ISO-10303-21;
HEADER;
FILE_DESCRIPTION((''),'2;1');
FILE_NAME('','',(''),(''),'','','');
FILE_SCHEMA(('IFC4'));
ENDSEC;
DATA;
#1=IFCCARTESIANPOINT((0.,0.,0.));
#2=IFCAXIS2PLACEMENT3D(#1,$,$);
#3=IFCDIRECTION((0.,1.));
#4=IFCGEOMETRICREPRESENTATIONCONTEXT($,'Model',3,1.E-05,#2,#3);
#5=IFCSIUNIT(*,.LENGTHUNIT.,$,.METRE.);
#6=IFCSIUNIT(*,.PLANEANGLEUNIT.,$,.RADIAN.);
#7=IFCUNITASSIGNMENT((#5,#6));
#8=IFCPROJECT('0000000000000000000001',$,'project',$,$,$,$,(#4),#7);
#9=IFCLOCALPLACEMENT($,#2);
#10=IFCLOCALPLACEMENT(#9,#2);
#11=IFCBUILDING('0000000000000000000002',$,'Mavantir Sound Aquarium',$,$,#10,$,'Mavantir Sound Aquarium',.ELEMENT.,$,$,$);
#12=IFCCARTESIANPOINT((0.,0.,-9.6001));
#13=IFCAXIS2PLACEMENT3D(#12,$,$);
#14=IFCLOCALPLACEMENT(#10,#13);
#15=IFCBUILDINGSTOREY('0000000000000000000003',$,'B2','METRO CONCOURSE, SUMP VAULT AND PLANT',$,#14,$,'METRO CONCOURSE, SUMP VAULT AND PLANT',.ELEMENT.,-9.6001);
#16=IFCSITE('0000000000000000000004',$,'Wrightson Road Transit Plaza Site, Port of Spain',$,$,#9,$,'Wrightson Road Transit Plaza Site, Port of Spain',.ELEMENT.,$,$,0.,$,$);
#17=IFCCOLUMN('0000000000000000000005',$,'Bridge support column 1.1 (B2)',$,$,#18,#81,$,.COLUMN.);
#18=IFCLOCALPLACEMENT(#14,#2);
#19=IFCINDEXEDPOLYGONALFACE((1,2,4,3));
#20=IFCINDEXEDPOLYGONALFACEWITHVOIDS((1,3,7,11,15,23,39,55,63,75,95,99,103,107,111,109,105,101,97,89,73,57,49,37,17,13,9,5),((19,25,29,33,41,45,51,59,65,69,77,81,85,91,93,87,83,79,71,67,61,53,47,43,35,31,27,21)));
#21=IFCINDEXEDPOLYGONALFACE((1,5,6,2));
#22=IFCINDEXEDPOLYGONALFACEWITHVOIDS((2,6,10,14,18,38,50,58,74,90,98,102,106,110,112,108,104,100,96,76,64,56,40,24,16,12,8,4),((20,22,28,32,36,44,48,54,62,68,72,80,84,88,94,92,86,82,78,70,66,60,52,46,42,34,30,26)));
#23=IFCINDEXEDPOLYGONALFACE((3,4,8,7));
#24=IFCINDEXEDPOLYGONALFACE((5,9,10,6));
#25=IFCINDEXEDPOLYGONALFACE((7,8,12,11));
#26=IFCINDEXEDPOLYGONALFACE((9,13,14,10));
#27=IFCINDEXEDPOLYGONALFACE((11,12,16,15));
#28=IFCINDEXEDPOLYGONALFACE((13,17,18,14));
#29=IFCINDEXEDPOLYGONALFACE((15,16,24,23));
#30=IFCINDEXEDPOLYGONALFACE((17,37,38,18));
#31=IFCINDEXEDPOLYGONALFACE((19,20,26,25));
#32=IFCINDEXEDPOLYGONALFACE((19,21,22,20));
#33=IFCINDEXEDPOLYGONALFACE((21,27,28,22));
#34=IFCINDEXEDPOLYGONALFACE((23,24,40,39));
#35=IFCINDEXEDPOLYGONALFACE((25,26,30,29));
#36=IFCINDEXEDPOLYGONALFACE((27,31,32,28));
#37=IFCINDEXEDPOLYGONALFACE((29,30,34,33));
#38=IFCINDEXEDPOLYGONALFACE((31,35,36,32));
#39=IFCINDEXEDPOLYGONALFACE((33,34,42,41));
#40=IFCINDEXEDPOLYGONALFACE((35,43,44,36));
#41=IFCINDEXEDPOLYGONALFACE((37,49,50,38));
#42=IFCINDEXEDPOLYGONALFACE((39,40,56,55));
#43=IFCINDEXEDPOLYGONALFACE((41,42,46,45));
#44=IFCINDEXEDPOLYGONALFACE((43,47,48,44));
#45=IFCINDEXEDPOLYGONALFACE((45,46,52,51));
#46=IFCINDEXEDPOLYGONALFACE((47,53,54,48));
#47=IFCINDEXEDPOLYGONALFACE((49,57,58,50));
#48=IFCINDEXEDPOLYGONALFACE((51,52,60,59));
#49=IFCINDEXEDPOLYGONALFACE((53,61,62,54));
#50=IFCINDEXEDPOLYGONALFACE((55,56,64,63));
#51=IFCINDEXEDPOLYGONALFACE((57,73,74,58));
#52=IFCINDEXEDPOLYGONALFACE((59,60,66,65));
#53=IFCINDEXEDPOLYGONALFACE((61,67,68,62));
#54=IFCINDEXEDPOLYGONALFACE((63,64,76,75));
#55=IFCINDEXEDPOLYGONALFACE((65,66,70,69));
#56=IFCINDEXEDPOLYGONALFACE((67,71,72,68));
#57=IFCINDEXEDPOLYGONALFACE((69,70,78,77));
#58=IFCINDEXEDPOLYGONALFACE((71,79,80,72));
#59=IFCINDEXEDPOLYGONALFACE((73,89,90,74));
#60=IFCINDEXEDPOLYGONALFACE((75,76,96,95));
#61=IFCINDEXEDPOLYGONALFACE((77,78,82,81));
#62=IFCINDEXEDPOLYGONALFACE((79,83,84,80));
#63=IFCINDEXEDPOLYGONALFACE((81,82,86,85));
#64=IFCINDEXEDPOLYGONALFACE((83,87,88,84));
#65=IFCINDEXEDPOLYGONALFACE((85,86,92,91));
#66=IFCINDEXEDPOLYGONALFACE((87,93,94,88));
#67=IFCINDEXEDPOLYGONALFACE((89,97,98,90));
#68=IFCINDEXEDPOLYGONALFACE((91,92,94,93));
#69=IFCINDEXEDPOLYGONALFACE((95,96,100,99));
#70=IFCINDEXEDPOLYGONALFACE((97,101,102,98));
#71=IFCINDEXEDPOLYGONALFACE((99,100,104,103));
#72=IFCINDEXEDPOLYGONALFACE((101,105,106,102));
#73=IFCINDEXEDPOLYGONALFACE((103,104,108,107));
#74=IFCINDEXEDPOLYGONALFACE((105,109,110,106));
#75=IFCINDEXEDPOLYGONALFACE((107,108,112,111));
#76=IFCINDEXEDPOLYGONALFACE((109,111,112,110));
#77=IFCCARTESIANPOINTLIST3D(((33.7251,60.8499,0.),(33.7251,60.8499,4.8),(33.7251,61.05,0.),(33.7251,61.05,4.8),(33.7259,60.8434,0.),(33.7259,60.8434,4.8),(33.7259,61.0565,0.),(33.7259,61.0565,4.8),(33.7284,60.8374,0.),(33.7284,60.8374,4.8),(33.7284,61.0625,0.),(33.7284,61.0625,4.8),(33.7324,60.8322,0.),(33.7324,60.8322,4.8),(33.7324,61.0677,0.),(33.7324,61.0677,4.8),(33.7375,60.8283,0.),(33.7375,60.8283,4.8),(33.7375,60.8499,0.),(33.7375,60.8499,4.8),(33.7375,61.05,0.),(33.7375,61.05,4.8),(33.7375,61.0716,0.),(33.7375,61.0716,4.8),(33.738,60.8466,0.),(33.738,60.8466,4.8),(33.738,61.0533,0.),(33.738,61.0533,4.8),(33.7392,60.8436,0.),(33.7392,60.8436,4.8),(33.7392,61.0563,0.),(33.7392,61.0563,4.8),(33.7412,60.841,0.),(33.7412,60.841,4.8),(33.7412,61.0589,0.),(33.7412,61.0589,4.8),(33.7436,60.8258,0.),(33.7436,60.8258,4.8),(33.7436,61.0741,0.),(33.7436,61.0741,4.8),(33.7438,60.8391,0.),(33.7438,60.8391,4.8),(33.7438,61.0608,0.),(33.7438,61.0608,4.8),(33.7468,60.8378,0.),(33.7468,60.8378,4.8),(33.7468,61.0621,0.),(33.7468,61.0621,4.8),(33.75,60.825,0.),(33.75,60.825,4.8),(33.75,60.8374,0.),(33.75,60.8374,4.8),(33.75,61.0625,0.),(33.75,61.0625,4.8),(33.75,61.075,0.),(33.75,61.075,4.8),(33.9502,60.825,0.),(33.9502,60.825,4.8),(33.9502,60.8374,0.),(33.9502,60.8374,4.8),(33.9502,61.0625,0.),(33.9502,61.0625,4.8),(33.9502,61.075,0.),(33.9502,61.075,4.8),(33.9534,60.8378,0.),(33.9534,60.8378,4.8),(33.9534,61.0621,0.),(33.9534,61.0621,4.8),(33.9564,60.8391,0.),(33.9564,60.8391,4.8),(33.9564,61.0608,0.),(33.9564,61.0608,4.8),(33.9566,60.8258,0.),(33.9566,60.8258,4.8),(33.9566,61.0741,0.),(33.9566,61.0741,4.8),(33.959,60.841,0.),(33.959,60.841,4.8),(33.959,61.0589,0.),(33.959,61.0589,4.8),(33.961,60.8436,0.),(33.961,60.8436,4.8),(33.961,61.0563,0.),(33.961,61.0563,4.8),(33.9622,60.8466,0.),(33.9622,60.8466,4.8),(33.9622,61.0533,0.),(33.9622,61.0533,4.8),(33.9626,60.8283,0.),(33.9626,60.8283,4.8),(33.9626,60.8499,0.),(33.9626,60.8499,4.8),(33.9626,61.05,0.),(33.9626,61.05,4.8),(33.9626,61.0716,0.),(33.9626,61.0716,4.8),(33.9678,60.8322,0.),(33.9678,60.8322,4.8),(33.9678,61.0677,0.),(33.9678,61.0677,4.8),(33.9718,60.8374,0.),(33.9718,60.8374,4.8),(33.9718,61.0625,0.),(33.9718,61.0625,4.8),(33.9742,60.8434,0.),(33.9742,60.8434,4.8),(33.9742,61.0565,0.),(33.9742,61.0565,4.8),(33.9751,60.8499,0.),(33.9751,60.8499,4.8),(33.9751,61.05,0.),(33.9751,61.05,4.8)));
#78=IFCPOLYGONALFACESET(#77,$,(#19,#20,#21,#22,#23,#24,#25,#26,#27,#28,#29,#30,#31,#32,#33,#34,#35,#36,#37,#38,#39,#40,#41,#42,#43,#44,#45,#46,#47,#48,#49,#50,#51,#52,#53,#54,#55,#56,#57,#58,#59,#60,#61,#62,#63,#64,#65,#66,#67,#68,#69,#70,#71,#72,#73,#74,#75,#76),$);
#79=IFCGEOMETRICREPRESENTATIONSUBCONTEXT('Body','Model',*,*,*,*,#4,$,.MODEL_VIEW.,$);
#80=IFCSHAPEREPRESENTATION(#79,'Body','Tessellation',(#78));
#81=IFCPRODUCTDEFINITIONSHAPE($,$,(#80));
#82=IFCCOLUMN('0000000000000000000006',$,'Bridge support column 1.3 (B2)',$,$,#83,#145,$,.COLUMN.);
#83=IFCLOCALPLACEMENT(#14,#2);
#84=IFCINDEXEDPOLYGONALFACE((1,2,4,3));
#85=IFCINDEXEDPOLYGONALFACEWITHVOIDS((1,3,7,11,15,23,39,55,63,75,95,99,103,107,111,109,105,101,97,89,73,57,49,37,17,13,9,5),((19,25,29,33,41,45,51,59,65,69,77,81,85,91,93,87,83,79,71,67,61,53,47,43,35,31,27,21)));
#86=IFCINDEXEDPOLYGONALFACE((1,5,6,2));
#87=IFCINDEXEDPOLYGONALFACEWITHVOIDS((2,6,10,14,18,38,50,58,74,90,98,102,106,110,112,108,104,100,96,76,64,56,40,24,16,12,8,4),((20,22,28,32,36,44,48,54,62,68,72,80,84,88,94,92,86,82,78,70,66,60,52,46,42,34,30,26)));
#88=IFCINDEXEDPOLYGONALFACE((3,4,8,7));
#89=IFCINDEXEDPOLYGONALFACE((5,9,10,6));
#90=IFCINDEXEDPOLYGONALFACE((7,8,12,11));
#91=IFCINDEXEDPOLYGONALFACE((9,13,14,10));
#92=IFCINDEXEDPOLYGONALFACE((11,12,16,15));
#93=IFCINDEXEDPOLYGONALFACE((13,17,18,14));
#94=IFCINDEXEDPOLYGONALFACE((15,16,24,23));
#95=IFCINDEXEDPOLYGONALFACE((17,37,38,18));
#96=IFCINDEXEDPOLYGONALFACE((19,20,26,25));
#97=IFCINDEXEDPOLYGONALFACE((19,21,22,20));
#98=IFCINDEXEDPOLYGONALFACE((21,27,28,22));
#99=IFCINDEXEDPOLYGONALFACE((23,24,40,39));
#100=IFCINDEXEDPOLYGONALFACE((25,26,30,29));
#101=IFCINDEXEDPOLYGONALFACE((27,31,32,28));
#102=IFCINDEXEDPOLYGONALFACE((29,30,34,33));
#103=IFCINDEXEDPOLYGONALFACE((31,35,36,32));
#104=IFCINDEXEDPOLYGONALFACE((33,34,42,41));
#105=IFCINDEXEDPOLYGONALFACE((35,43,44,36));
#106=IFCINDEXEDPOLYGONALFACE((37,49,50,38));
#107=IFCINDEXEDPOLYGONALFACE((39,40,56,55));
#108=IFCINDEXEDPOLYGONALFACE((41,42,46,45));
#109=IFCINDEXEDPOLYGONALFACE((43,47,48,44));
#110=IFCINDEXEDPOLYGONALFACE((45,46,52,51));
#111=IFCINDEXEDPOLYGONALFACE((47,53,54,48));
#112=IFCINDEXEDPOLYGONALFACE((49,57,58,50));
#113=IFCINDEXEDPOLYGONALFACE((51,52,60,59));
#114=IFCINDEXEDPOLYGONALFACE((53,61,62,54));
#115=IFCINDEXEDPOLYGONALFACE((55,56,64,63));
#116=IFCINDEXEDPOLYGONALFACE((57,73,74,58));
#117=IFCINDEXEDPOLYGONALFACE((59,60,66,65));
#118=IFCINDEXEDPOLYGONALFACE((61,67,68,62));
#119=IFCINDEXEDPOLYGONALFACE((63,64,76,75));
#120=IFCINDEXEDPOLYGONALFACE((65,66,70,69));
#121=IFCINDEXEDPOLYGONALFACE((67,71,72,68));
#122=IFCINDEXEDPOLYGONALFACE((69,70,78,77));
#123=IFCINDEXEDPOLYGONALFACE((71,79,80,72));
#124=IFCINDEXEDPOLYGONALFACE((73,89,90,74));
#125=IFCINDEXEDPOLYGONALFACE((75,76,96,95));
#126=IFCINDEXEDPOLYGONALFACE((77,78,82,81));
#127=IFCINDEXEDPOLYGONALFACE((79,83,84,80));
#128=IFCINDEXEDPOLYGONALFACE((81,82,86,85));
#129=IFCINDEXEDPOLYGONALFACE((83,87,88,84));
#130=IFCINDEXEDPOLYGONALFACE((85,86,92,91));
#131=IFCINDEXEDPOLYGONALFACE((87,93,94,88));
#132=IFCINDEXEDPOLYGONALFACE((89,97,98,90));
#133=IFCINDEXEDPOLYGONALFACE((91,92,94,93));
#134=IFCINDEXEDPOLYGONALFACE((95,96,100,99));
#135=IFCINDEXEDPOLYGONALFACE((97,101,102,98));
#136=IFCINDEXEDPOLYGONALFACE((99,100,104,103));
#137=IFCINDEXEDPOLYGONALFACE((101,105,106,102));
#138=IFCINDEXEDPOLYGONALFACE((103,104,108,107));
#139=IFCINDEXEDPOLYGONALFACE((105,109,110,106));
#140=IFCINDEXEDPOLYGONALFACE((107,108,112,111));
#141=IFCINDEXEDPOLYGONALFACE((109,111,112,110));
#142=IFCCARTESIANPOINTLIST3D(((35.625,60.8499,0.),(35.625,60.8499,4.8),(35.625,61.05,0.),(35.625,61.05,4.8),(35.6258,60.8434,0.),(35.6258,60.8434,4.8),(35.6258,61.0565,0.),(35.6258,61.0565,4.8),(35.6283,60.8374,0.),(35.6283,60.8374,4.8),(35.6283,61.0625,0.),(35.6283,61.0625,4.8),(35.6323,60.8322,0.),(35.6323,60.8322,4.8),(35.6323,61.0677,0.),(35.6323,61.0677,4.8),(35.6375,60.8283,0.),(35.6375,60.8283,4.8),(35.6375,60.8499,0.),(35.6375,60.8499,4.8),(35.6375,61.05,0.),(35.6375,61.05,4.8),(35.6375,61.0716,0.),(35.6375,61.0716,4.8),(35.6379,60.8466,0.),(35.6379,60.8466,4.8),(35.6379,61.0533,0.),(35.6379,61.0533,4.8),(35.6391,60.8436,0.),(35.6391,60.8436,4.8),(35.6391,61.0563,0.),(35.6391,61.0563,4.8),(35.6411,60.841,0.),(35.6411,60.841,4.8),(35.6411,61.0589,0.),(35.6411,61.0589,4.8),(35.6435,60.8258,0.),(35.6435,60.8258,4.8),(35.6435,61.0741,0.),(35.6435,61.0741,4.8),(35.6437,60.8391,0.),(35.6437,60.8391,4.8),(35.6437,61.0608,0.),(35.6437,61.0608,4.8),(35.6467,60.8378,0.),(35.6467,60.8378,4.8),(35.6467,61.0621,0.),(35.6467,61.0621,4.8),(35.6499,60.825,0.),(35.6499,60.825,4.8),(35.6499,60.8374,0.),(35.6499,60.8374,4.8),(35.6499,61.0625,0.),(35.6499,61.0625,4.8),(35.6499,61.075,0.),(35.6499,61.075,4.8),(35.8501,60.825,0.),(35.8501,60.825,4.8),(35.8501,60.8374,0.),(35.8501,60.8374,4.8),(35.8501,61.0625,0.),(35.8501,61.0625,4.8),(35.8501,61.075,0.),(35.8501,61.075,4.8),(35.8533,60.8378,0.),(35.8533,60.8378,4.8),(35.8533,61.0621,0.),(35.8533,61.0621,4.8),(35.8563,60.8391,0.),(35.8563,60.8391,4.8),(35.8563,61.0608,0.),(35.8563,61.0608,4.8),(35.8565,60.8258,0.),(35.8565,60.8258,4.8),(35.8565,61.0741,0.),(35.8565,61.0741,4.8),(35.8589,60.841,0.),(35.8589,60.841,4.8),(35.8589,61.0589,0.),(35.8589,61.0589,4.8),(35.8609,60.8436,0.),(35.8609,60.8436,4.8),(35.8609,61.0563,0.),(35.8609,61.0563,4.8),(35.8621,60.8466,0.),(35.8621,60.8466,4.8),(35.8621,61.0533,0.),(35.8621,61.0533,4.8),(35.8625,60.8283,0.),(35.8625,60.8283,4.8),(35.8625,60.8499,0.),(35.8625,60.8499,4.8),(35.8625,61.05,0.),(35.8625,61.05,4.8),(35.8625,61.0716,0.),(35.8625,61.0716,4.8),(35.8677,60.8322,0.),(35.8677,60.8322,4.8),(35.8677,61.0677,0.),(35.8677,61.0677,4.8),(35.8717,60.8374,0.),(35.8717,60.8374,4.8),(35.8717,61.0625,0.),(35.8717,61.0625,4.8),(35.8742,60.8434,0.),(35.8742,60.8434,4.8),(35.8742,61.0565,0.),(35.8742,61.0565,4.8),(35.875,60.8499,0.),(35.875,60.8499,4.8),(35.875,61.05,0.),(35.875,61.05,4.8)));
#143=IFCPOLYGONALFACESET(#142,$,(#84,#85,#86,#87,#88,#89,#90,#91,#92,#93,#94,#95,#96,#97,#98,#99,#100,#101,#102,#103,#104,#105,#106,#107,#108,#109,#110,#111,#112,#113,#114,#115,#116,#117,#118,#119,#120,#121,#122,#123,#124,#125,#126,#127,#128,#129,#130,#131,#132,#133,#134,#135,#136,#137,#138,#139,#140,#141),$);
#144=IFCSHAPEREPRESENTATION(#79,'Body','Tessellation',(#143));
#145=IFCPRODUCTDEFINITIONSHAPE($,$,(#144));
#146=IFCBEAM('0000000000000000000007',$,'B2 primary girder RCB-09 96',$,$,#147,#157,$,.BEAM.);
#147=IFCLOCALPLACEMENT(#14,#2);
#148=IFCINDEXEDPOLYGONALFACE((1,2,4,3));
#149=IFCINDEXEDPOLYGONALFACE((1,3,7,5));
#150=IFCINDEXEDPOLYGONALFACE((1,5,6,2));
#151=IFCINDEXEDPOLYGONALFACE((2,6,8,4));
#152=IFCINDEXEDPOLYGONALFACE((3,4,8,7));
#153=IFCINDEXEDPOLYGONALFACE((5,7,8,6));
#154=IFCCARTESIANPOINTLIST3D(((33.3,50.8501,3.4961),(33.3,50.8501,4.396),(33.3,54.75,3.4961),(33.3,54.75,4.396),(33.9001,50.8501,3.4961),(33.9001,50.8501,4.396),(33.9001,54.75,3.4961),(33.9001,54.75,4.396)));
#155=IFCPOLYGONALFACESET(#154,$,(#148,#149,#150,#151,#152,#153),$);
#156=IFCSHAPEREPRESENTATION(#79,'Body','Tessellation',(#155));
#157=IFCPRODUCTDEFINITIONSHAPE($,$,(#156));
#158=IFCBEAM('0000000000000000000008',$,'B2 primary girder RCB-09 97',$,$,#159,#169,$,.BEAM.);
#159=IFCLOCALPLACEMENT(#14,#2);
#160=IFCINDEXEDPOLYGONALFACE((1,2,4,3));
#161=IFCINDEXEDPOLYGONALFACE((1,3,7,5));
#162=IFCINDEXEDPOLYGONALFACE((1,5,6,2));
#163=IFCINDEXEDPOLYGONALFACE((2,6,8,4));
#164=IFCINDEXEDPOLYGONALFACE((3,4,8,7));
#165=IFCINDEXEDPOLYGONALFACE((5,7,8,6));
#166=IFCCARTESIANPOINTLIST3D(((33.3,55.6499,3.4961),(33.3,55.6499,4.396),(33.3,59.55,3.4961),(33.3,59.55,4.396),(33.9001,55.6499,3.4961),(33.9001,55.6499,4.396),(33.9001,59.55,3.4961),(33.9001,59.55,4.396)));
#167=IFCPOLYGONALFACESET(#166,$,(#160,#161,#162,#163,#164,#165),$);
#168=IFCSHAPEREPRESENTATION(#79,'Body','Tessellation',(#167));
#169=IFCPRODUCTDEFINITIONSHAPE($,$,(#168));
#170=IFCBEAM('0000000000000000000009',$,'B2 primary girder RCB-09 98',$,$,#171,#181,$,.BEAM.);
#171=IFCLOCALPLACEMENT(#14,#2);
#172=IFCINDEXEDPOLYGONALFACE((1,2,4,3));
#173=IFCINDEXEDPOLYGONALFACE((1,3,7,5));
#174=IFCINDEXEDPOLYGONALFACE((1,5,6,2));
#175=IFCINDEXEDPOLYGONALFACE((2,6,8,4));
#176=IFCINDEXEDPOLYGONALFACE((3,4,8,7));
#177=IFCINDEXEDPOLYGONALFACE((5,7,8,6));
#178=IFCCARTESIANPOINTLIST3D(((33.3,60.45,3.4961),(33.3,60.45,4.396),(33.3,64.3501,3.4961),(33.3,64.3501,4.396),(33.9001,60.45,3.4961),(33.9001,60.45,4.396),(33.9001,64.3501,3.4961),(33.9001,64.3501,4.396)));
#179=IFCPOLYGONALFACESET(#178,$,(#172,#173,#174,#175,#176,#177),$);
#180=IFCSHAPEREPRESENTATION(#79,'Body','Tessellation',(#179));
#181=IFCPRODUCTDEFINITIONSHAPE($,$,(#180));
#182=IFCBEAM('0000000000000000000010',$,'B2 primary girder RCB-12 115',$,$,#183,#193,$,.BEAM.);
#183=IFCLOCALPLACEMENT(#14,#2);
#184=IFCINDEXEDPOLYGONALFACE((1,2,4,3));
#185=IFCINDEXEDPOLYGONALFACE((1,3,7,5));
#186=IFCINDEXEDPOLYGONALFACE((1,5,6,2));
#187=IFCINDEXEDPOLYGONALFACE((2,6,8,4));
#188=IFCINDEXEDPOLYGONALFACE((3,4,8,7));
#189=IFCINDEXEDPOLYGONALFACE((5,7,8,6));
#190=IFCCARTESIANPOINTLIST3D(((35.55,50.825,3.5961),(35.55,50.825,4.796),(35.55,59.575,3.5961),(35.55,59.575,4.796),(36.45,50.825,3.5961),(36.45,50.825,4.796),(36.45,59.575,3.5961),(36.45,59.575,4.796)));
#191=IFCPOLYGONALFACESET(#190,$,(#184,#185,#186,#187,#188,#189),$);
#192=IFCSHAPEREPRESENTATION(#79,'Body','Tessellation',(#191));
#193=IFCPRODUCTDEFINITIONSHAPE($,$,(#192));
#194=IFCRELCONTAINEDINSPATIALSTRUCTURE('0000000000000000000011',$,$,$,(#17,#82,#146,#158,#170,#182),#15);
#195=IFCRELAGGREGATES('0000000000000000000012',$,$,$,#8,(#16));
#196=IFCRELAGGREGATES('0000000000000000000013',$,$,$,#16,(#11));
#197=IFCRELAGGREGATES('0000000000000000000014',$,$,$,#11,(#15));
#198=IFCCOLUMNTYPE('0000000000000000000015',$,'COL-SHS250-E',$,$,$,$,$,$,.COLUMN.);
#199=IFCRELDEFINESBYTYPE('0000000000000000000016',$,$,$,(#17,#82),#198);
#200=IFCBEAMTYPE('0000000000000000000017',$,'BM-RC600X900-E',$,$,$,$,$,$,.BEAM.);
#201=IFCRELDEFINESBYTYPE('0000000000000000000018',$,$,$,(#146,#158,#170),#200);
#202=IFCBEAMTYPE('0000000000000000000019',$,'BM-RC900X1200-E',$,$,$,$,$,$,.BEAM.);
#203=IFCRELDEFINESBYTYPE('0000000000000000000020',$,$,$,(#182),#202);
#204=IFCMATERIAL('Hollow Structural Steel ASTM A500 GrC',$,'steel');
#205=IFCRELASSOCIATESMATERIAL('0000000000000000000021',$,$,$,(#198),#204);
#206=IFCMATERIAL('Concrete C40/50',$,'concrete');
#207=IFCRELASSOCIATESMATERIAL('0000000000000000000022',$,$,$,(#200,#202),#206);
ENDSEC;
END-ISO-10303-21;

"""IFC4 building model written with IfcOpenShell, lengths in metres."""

from ifc_helpers import new_model, si_unit, direction, frame, origin, origin_2d, place, context, subcontext, project, spatial, rectangle, hollow_rectangle, extrude, material, material_profile, profile_set, type_object, element, save


model = new_model("IFC4")

# Units and contexts
model_context = context("Model", 3, precision=1e-05, world=origin(), true_north=direction((0.0, 1.0)))
body_context = subcontext(model_context, "Body", "Model", "MODEL_VIEW")
ifc_project = project(units=[si_unit("LENGTHUNIT", "METRE"), si_unit("PLANEANGLEUNIT", "RADIAN")], contexts=[model_context])

# Site, building, storey
site_placement = place(None, origin())
site = spatial("IfcSite", under=ifc_project, at=site_placement, Name="Wrightson Road Transit Plaza Site, Port of Spain", LongName="Wrightson Road Transit Plaza Site, Port of Spain", CompositionType="ELEMENT", RefElevation=0.0)
building_placement = place(site_placement, origin())
building = spatial("IfcBuilding", under=site, at=building_placement, Name="Mavantir Sound Aquarium", LongName="Mavantir Sound Aquarium", CompositionType="ELEMENT")
storey_placement = place(building_placement, frame((0.0, 0.0, -9.6001)))
storey = spatial("IfcBuildingStorey", under=building, at=storey_placement, Name="B2", Description="METRO CONCOURSE, SUMP VAULT AND PLANT", LongName="METRO CONCOURSE, SUMP VAULT AND PLANT", CompositionType="ELEMENT", Elevation=-9.6001)

# Shared definitions
ifc_material_1 = material(Name="Concrete C40/50", Category="concrete")

# Columns
ifc_material_2 = material(Name="Hollow Structural Steel ASTM A500 GrC", Category="steel")
ifc_material_profile_1 = material_profile(ifc_material_2, hollow_rectangle(XDim=0.25, YDim=0.25, WallThickness=0.0125, InnerFilletRadius=0.0125, OuterFilletRadius=0.0249, at=origin_2d()), Name="SHS 250X250X12.5")
ifc_profile_set_1 = profile_set([ifc_material_profile_1], Name="Hollow Structural Steel ASTM A500 GrC")
column_type_1 = type_object("IfcColumnType", Name="COL-SHS250-E", PredefinedType="COLUMN", material=ifc_profile_set_1)
for number, where, z_axis, x_axis, name in (
    (1, (33.8501, 60.95, 0.0), (0.0, 0.0, 1.0), (1.0, 0.0, 0.0), "Bridge support column 1.1 (B2)"),
    (2, (35.75, 60.95, 0.0), (0.0, 0.0, 1.0), (1.0, 0.0, 0.0), "Bridge support column 1.3 (B2)"),
):
    element("IfcColumn", number, at=place(storey_placement, frame(where, z_axis=z_axis, x_axis=x_axis)), inside=storey, type_object=column_type_1, Name=name, PredefinedType="COLUMN", context=body_context, shape_type="SweptSolid", body=[
        extrude(hollow_rectangle(XDim=0.25, YDim=0.25, WallThickness=0.0125, InnerFilletRadius=0.0125, OuterFilletRadius=0.0249, at=origin_2d()), origin(), (0.0, 0.0, 1.0), 4.8),
    ])

# Beams
ifc_material_profile_2 = material_profile(ifc_material_1, rectangle(XDim=0.6001, YDim=0.8999, at=origin_2d()), Name="RC 600X900")
ifc_profile_set_2 = profile_set([ifc_material_profile_2], Name="Concrete C40/50")
beam_type_1 = type_object("IfcBeamType", Name="BM-RC600X900-E", PredefinedType="BEAM", material=ifc_profile_set_2)
beam_1_placement = place(storey_placement, frame((33.6001, 50.8501, 3.946), z_axis=(0.0, 1.0, 0.0), x_axis=(-1.0, 0.0, 0.0)))
element("IfcBeam", 3, at=beam_1_placement, inside=storey, type_object=beam_type_1, Name="B2 primary girder RCB-09 96", PredefinedType="BEAM", context=body_context, shape_type="SweptSolid", body=[
    extrude(rectangle(XDim=0.6001, YDim=0.8999, at=origin_2d()), origin(), (0.0, 0.0, 1.0), 3.8999),
])
for number, where, z_axis, x_axis, name in (
    (4, (33.6001, 55.6499, 3.946), (0.0, 1.0, 0.0), (-1.0, 0.0, 0.0), "B2 primary girder RCB-09 97"),
    (5, (33.6001, 60.45, 3.946), (0.0, 1.0, 0.0), (-1.0, 0.0, 0.0), "B2 primary girder RCB-09 98"),
):
    element("IfcBeam", number, at=place(storey_placement, frame(where, z_axis=z_axis, x_axis=x_axis)), inside=storey, type_object=beam_type_1, Name=name, PredefinedType="BEAM", context=body_context, shape_type="SweptSolid", body=[
        extrude(rectangle(XDim=0.6001, YDim=0.8999, at=origin_2d()), origin(), (0.0, 0.0, 1.0), 3.9001),
    ])
ifc_material_profile_3 = material_profile(ifc_material_1, rectangle(XDim=0.8999, YDim=1.2, at=origin_2d()), Name="RC 900X1200")
ifc_profile_set_3 = profile_set([ifc_material_profile_3], Name="Concrete C40/50")
beam_type_2 = type_object("IfcBeamType", Name="BM-RC900X1200-E", PredefinedType="BEAM", material=ifc_profile_set_3)
beam_2_placement = place(storey_placement, frame((36.0, 50.825, 4.196), z_axis=(0.0, 1.0, 0.0), x_axis=(-1.0, 0.0, 0.0)))
element("IfcBeam", 6, at=beam_2_placement, inside=storey, type_object=beam_type_2, Name="B2 primary girder RCB-12 115", PredefinedType="BEAM", context=body_context, shape_type="SweptSolid", body=[
    extrude(rectangle(XDim=0.8999, YDim=1.2, at=origin_2d()), origin(), (0.0, 0.0, 1.0), 8.75),
])

save(model, "model.ifc")
